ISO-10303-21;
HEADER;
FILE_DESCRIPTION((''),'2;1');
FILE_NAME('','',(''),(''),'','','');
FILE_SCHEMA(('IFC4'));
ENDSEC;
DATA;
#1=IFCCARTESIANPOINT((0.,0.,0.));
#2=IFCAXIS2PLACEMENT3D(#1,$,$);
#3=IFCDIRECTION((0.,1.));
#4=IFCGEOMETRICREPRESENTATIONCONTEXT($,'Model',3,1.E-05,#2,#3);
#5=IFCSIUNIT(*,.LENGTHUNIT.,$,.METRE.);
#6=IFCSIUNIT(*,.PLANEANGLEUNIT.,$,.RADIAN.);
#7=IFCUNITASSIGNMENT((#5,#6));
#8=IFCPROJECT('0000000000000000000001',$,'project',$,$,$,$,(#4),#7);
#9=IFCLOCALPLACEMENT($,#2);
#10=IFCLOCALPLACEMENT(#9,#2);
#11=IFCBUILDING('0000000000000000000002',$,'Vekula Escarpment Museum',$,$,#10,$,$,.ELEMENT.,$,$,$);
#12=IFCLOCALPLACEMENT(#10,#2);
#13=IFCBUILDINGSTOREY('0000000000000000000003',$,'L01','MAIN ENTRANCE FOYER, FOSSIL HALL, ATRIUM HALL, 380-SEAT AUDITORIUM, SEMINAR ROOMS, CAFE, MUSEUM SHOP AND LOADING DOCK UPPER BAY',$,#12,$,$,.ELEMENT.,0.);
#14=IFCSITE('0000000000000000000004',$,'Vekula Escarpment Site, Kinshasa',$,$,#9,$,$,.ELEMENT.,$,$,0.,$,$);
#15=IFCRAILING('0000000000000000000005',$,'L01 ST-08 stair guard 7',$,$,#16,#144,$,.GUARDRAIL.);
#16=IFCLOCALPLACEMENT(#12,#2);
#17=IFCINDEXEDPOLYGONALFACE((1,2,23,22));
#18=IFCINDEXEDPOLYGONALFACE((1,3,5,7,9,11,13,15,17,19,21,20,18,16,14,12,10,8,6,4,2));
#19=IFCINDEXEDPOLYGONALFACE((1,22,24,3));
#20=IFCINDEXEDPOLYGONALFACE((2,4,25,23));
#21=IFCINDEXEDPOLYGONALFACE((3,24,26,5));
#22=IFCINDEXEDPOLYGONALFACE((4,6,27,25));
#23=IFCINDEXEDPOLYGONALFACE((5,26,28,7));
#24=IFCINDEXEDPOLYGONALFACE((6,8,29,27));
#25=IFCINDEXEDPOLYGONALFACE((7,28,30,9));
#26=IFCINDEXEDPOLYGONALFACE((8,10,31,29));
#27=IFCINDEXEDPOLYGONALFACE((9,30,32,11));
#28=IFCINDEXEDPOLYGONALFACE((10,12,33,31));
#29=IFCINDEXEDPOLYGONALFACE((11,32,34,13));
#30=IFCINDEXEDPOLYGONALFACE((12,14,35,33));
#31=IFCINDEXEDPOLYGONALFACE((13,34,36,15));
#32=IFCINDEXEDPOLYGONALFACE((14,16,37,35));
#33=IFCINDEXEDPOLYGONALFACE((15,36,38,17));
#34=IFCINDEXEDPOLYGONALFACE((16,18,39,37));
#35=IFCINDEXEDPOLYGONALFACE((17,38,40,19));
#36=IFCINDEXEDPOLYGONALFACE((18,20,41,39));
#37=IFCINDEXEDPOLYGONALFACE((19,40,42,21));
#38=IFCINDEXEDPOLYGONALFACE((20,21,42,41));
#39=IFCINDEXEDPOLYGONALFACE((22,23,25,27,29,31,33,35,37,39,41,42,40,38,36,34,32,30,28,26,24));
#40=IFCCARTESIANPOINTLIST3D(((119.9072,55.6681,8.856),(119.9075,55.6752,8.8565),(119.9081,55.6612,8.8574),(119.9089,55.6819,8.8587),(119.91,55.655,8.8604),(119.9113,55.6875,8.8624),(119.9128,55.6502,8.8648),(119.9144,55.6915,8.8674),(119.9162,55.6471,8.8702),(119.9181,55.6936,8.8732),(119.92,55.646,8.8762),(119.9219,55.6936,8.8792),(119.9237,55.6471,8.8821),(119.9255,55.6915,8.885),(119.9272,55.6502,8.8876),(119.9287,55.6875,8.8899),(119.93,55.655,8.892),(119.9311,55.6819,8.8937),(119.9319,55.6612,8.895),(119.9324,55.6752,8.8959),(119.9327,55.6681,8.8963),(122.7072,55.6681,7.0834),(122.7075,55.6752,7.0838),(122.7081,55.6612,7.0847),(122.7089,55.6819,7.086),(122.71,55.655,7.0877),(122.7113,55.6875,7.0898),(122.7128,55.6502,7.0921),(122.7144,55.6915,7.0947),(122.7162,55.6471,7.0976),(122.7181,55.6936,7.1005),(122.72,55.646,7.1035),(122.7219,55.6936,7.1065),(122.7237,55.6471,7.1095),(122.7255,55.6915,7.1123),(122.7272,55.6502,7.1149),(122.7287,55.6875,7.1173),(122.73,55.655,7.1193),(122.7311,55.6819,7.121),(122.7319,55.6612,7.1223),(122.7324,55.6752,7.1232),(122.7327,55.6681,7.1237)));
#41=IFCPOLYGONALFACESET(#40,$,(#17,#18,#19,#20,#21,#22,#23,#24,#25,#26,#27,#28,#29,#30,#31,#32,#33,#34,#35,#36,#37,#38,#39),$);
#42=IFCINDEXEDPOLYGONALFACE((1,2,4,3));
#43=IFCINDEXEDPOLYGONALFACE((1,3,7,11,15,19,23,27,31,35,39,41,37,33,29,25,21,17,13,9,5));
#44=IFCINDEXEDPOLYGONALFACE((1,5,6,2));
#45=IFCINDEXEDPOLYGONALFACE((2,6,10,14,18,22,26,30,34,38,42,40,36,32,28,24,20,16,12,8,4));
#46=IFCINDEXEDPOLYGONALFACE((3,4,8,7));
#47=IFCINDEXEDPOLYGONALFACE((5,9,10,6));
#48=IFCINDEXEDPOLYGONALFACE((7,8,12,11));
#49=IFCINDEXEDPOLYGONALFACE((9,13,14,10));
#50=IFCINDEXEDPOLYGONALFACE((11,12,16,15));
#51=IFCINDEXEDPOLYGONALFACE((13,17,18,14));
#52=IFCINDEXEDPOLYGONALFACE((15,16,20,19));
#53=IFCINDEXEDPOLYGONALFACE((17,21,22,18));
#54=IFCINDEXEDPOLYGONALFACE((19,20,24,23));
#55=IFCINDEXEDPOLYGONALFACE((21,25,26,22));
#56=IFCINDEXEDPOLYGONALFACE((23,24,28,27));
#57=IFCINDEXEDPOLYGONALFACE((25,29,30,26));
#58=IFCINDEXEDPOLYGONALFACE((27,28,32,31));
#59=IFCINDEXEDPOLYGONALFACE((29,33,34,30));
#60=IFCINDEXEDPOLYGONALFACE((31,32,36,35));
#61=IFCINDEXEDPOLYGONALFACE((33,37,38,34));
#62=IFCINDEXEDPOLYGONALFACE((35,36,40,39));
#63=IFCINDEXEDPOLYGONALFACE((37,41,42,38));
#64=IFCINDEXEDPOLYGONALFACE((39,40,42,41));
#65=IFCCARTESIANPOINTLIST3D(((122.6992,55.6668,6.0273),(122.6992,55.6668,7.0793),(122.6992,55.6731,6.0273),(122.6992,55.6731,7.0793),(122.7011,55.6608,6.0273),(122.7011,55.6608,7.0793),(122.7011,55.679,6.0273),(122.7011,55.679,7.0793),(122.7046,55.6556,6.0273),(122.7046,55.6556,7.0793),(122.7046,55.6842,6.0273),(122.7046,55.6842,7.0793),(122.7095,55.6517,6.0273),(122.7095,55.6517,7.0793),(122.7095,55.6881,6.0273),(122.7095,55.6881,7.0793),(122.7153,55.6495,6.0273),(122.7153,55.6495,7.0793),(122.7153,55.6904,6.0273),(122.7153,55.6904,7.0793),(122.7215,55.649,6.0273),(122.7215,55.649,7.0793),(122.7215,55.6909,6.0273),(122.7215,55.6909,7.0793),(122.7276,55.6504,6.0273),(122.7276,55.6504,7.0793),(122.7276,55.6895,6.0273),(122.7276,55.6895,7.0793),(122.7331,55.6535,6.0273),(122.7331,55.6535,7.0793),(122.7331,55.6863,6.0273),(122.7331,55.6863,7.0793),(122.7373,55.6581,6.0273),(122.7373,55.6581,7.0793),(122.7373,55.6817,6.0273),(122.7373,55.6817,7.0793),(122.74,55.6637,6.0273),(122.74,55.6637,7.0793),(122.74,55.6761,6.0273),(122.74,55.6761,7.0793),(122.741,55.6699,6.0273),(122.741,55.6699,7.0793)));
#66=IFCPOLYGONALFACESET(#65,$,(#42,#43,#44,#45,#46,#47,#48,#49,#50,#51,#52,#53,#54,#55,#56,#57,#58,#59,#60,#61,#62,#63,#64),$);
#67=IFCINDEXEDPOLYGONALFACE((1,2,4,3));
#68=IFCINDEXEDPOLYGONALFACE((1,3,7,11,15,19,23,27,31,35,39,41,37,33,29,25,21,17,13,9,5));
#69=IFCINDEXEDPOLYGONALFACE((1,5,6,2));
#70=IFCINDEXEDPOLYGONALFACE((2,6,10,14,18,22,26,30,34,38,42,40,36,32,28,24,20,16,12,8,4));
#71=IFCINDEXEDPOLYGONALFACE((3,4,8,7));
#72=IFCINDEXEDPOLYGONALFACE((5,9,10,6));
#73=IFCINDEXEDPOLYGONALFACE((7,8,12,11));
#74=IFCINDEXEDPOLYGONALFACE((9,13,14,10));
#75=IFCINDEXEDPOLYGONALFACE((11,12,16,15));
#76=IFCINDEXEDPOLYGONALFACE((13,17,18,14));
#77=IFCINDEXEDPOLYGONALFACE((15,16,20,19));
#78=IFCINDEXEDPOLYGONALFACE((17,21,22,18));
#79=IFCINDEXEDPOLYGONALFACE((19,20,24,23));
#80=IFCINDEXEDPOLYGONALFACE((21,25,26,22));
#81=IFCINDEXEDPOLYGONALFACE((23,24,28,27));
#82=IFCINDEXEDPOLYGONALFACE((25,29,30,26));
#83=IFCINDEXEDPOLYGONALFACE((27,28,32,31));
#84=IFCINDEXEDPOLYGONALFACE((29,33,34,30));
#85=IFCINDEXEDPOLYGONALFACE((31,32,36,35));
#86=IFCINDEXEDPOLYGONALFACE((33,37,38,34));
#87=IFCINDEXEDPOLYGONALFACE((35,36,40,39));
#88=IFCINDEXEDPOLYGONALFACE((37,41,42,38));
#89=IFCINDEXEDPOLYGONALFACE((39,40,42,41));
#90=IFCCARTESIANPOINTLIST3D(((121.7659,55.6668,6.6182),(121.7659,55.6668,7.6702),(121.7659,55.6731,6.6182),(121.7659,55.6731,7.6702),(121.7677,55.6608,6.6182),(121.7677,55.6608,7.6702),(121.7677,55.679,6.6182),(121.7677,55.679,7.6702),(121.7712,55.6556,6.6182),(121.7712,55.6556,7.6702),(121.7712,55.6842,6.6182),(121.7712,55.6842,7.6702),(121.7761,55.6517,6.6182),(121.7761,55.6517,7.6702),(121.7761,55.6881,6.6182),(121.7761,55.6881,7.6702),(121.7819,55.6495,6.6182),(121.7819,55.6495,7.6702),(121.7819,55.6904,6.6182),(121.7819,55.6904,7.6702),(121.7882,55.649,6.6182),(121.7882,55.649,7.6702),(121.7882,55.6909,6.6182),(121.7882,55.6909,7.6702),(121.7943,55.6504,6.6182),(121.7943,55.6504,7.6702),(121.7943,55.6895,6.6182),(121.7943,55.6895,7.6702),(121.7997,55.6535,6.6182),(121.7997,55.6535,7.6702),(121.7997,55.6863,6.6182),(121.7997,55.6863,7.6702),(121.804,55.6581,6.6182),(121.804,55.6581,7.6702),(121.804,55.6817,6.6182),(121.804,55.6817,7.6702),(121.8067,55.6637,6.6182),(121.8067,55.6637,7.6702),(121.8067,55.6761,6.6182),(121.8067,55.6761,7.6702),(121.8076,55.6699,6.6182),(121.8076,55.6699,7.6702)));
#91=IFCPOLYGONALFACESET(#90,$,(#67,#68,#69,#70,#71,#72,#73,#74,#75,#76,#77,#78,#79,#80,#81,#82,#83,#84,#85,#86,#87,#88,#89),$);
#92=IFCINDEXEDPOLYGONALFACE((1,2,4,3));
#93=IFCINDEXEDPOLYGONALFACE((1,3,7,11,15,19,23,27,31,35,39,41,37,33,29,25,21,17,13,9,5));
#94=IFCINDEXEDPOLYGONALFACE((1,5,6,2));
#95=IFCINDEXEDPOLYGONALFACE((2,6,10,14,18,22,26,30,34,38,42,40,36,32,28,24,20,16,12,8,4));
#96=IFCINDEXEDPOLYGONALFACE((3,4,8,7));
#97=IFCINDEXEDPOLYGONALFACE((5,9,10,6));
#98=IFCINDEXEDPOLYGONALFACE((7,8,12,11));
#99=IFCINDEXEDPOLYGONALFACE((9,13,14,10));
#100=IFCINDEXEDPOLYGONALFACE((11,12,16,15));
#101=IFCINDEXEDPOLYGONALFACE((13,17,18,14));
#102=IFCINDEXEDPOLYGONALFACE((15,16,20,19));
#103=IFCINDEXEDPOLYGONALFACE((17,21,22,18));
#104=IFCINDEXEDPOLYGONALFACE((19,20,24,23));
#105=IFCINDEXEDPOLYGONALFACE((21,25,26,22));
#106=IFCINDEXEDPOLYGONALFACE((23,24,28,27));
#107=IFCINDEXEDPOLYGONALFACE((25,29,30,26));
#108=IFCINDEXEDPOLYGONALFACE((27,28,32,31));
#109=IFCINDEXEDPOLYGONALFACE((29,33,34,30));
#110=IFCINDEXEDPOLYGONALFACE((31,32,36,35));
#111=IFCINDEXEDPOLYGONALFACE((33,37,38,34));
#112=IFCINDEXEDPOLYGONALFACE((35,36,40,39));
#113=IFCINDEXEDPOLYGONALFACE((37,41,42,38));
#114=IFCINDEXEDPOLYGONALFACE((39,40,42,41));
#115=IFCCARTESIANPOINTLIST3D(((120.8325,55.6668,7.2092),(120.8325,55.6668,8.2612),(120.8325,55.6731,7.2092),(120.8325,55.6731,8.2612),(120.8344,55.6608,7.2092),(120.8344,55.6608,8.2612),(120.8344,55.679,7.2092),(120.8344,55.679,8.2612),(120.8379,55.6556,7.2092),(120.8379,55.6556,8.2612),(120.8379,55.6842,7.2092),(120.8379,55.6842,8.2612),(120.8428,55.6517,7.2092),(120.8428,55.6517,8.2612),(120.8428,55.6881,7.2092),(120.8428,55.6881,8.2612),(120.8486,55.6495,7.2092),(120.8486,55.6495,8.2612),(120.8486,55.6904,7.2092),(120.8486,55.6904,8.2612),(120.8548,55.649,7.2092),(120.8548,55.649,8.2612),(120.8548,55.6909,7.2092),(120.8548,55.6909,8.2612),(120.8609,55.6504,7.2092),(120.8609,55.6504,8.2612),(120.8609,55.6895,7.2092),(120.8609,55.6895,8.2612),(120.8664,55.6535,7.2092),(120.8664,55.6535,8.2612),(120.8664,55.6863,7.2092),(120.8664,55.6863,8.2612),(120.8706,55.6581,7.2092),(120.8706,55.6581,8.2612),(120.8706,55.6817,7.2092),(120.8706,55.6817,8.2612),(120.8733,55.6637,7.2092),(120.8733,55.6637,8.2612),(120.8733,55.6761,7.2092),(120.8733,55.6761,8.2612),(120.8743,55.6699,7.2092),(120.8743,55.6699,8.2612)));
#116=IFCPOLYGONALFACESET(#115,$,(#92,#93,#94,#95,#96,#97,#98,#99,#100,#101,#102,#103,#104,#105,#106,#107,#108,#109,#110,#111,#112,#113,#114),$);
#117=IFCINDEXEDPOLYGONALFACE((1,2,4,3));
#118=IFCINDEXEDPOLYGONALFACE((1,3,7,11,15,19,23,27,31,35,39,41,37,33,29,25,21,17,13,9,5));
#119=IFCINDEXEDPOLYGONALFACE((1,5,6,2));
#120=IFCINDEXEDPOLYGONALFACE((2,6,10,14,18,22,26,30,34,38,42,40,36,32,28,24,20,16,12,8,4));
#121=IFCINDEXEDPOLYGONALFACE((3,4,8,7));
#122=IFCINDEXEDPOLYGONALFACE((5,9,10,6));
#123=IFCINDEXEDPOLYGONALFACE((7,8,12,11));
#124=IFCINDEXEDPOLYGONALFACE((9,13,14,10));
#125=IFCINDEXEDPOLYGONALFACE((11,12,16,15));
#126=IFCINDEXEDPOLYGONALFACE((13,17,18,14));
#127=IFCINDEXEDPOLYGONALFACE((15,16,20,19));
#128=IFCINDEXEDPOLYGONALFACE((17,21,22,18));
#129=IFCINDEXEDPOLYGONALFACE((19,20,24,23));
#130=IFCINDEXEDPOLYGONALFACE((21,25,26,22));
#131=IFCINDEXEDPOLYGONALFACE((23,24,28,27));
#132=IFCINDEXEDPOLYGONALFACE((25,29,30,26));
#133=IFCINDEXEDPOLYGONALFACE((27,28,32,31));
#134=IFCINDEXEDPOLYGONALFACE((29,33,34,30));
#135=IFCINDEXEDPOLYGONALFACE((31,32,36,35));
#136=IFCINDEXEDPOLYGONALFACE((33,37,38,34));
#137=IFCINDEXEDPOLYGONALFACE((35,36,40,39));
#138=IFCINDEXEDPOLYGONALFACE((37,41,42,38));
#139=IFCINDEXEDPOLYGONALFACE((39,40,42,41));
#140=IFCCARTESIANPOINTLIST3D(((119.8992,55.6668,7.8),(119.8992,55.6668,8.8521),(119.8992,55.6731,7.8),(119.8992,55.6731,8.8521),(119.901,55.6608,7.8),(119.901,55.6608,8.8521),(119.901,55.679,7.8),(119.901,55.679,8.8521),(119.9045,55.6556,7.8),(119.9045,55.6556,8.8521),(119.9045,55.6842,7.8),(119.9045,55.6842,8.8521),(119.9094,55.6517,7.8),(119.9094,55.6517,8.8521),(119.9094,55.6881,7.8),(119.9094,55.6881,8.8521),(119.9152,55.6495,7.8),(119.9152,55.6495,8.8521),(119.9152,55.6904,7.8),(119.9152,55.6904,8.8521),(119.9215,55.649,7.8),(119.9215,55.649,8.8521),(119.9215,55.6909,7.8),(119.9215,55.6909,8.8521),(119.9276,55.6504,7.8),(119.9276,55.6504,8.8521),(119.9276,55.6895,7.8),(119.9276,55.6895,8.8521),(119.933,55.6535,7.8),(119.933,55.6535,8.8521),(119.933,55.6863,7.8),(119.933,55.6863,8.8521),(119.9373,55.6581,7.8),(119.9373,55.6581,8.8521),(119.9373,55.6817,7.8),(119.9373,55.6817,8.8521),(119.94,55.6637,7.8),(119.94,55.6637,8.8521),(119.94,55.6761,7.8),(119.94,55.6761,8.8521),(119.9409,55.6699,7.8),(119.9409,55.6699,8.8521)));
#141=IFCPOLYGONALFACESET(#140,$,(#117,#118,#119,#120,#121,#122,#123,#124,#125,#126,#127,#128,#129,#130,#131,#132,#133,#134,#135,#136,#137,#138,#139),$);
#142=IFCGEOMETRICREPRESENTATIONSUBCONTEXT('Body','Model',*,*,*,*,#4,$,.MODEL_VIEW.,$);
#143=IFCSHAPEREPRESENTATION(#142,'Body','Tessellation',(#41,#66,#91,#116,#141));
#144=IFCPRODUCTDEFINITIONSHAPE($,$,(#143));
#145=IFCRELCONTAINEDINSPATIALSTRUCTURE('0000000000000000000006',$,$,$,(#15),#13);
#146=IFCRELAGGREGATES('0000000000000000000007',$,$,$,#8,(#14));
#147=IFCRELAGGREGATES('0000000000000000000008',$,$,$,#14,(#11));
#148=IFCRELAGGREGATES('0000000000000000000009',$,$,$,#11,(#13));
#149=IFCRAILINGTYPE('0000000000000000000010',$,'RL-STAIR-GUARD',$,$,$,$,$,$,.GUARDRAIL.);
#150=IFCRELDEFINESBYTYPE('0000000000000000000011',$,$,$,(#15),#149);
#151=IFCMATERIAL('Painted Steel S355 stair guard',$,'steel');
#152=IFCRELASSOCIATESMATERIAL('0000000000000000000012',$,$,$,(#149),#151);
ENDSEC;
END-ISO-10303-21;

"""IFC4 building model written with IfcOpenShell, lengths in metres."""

from ifc_helpers import new_model, si_unit, direction, frame, origin, origin_2d, place, context, subcontext, project, spatial, circle, extrude, material, type_object, element, save


model = new_model("IFC4")

# Units and contexts
model_context = context("Model", 3, precision=1e-05, world=origin(), true_north=direction((0.0, 1.0)))
body_context = subcontext(model_context, "Body", "Model", "MODEL_VIEW")
ifc_project = project(units=[si_unit("LENGTHUNIT", "METRE"), si_unit("PLANEANGLEUNIT", "RADIAN")], contexts=[model_context])

# Site, building, storey
site_placement = place(None, origin())
site = spatial("IfcSite", under=ifc_project, at=site_placement, Name="Vekula Escarpment Site, Kinshasa", CompositionType="ELEMENT", RefElevation=0.0)
building_placement = place(site_placement, origin())
building = spatial("IfcBuilding", under=site, at=building_placement, Name="Vekula Escarpment Museum", CompositionType="ELEMENT")
storey_placement = place(building_placement, origin())
storey = spatial("IfcBuildingStorey", under=building, at=storey_placement, Name="L01", Description="MAIN ENTRANCE FOYER, FOSSIL HALL, ATRIUM HALL, 380-SEAT AUDITORIUM, SEMINAR ROOMS, CAFE, MUSEUM SHOP AND LOADING DOCK UPPER BAY", CompositionType="ELEMENT", Elevation=0.0)

# Railing
ifc_material_1 = material(Name="Painted Steel S355 stair guard", Category="steel")
railing_type_1 = type_object("IfcRailingType", Name="RL-STAIR-GUARD", PredefinedType="GUARDRAIL", material=ifc_material_1)
railing_1_placement = place(storey_placement, frame((122.72, 55.6699, 6.0273)))
element("IfcRailing", 1, at=railing_1_placement, inside=storey, type_object=railing_type_1, Name="L01 ST-08 stair guard 7", PredefinedType="GUARDRAIL", context=body_context, shape_type="SweptSolid", body=[
    extrude(circle(Radius=0.0239, at=origin_2d()), frame((0.0, 0.0, 1.0762), z_axis=(-0.844909, 0.0, 0.53491), x_axis=(0.0, -1.0, 0.0)), (0.0, 0.0, 1.0), 3.314),
    extrude(circle(Radius=0.021, at=origin_2d()), origin(), (0.0, 0.0, 1.0), 1.052),
    extrude(circle(Radius=0.021, at=origin_2d()), frame((-0.9333, 0.0, 0.5908)), (0.0, 0.0, 1.0), 1.052),
    extrude(circle(Radius=0.021, at=origin_2d()), frame((-1.8667, 0.0, 1.1819)), (0.0, 0.0, 1.0), 1.052),
    extrude(circle(Radius=0.021, at=origin_2d()), frame((-2.8, 0.0, 1.7727)), (0.0, 0.0, 1.0), 1.052),
])

save(model, "model.ifc")
